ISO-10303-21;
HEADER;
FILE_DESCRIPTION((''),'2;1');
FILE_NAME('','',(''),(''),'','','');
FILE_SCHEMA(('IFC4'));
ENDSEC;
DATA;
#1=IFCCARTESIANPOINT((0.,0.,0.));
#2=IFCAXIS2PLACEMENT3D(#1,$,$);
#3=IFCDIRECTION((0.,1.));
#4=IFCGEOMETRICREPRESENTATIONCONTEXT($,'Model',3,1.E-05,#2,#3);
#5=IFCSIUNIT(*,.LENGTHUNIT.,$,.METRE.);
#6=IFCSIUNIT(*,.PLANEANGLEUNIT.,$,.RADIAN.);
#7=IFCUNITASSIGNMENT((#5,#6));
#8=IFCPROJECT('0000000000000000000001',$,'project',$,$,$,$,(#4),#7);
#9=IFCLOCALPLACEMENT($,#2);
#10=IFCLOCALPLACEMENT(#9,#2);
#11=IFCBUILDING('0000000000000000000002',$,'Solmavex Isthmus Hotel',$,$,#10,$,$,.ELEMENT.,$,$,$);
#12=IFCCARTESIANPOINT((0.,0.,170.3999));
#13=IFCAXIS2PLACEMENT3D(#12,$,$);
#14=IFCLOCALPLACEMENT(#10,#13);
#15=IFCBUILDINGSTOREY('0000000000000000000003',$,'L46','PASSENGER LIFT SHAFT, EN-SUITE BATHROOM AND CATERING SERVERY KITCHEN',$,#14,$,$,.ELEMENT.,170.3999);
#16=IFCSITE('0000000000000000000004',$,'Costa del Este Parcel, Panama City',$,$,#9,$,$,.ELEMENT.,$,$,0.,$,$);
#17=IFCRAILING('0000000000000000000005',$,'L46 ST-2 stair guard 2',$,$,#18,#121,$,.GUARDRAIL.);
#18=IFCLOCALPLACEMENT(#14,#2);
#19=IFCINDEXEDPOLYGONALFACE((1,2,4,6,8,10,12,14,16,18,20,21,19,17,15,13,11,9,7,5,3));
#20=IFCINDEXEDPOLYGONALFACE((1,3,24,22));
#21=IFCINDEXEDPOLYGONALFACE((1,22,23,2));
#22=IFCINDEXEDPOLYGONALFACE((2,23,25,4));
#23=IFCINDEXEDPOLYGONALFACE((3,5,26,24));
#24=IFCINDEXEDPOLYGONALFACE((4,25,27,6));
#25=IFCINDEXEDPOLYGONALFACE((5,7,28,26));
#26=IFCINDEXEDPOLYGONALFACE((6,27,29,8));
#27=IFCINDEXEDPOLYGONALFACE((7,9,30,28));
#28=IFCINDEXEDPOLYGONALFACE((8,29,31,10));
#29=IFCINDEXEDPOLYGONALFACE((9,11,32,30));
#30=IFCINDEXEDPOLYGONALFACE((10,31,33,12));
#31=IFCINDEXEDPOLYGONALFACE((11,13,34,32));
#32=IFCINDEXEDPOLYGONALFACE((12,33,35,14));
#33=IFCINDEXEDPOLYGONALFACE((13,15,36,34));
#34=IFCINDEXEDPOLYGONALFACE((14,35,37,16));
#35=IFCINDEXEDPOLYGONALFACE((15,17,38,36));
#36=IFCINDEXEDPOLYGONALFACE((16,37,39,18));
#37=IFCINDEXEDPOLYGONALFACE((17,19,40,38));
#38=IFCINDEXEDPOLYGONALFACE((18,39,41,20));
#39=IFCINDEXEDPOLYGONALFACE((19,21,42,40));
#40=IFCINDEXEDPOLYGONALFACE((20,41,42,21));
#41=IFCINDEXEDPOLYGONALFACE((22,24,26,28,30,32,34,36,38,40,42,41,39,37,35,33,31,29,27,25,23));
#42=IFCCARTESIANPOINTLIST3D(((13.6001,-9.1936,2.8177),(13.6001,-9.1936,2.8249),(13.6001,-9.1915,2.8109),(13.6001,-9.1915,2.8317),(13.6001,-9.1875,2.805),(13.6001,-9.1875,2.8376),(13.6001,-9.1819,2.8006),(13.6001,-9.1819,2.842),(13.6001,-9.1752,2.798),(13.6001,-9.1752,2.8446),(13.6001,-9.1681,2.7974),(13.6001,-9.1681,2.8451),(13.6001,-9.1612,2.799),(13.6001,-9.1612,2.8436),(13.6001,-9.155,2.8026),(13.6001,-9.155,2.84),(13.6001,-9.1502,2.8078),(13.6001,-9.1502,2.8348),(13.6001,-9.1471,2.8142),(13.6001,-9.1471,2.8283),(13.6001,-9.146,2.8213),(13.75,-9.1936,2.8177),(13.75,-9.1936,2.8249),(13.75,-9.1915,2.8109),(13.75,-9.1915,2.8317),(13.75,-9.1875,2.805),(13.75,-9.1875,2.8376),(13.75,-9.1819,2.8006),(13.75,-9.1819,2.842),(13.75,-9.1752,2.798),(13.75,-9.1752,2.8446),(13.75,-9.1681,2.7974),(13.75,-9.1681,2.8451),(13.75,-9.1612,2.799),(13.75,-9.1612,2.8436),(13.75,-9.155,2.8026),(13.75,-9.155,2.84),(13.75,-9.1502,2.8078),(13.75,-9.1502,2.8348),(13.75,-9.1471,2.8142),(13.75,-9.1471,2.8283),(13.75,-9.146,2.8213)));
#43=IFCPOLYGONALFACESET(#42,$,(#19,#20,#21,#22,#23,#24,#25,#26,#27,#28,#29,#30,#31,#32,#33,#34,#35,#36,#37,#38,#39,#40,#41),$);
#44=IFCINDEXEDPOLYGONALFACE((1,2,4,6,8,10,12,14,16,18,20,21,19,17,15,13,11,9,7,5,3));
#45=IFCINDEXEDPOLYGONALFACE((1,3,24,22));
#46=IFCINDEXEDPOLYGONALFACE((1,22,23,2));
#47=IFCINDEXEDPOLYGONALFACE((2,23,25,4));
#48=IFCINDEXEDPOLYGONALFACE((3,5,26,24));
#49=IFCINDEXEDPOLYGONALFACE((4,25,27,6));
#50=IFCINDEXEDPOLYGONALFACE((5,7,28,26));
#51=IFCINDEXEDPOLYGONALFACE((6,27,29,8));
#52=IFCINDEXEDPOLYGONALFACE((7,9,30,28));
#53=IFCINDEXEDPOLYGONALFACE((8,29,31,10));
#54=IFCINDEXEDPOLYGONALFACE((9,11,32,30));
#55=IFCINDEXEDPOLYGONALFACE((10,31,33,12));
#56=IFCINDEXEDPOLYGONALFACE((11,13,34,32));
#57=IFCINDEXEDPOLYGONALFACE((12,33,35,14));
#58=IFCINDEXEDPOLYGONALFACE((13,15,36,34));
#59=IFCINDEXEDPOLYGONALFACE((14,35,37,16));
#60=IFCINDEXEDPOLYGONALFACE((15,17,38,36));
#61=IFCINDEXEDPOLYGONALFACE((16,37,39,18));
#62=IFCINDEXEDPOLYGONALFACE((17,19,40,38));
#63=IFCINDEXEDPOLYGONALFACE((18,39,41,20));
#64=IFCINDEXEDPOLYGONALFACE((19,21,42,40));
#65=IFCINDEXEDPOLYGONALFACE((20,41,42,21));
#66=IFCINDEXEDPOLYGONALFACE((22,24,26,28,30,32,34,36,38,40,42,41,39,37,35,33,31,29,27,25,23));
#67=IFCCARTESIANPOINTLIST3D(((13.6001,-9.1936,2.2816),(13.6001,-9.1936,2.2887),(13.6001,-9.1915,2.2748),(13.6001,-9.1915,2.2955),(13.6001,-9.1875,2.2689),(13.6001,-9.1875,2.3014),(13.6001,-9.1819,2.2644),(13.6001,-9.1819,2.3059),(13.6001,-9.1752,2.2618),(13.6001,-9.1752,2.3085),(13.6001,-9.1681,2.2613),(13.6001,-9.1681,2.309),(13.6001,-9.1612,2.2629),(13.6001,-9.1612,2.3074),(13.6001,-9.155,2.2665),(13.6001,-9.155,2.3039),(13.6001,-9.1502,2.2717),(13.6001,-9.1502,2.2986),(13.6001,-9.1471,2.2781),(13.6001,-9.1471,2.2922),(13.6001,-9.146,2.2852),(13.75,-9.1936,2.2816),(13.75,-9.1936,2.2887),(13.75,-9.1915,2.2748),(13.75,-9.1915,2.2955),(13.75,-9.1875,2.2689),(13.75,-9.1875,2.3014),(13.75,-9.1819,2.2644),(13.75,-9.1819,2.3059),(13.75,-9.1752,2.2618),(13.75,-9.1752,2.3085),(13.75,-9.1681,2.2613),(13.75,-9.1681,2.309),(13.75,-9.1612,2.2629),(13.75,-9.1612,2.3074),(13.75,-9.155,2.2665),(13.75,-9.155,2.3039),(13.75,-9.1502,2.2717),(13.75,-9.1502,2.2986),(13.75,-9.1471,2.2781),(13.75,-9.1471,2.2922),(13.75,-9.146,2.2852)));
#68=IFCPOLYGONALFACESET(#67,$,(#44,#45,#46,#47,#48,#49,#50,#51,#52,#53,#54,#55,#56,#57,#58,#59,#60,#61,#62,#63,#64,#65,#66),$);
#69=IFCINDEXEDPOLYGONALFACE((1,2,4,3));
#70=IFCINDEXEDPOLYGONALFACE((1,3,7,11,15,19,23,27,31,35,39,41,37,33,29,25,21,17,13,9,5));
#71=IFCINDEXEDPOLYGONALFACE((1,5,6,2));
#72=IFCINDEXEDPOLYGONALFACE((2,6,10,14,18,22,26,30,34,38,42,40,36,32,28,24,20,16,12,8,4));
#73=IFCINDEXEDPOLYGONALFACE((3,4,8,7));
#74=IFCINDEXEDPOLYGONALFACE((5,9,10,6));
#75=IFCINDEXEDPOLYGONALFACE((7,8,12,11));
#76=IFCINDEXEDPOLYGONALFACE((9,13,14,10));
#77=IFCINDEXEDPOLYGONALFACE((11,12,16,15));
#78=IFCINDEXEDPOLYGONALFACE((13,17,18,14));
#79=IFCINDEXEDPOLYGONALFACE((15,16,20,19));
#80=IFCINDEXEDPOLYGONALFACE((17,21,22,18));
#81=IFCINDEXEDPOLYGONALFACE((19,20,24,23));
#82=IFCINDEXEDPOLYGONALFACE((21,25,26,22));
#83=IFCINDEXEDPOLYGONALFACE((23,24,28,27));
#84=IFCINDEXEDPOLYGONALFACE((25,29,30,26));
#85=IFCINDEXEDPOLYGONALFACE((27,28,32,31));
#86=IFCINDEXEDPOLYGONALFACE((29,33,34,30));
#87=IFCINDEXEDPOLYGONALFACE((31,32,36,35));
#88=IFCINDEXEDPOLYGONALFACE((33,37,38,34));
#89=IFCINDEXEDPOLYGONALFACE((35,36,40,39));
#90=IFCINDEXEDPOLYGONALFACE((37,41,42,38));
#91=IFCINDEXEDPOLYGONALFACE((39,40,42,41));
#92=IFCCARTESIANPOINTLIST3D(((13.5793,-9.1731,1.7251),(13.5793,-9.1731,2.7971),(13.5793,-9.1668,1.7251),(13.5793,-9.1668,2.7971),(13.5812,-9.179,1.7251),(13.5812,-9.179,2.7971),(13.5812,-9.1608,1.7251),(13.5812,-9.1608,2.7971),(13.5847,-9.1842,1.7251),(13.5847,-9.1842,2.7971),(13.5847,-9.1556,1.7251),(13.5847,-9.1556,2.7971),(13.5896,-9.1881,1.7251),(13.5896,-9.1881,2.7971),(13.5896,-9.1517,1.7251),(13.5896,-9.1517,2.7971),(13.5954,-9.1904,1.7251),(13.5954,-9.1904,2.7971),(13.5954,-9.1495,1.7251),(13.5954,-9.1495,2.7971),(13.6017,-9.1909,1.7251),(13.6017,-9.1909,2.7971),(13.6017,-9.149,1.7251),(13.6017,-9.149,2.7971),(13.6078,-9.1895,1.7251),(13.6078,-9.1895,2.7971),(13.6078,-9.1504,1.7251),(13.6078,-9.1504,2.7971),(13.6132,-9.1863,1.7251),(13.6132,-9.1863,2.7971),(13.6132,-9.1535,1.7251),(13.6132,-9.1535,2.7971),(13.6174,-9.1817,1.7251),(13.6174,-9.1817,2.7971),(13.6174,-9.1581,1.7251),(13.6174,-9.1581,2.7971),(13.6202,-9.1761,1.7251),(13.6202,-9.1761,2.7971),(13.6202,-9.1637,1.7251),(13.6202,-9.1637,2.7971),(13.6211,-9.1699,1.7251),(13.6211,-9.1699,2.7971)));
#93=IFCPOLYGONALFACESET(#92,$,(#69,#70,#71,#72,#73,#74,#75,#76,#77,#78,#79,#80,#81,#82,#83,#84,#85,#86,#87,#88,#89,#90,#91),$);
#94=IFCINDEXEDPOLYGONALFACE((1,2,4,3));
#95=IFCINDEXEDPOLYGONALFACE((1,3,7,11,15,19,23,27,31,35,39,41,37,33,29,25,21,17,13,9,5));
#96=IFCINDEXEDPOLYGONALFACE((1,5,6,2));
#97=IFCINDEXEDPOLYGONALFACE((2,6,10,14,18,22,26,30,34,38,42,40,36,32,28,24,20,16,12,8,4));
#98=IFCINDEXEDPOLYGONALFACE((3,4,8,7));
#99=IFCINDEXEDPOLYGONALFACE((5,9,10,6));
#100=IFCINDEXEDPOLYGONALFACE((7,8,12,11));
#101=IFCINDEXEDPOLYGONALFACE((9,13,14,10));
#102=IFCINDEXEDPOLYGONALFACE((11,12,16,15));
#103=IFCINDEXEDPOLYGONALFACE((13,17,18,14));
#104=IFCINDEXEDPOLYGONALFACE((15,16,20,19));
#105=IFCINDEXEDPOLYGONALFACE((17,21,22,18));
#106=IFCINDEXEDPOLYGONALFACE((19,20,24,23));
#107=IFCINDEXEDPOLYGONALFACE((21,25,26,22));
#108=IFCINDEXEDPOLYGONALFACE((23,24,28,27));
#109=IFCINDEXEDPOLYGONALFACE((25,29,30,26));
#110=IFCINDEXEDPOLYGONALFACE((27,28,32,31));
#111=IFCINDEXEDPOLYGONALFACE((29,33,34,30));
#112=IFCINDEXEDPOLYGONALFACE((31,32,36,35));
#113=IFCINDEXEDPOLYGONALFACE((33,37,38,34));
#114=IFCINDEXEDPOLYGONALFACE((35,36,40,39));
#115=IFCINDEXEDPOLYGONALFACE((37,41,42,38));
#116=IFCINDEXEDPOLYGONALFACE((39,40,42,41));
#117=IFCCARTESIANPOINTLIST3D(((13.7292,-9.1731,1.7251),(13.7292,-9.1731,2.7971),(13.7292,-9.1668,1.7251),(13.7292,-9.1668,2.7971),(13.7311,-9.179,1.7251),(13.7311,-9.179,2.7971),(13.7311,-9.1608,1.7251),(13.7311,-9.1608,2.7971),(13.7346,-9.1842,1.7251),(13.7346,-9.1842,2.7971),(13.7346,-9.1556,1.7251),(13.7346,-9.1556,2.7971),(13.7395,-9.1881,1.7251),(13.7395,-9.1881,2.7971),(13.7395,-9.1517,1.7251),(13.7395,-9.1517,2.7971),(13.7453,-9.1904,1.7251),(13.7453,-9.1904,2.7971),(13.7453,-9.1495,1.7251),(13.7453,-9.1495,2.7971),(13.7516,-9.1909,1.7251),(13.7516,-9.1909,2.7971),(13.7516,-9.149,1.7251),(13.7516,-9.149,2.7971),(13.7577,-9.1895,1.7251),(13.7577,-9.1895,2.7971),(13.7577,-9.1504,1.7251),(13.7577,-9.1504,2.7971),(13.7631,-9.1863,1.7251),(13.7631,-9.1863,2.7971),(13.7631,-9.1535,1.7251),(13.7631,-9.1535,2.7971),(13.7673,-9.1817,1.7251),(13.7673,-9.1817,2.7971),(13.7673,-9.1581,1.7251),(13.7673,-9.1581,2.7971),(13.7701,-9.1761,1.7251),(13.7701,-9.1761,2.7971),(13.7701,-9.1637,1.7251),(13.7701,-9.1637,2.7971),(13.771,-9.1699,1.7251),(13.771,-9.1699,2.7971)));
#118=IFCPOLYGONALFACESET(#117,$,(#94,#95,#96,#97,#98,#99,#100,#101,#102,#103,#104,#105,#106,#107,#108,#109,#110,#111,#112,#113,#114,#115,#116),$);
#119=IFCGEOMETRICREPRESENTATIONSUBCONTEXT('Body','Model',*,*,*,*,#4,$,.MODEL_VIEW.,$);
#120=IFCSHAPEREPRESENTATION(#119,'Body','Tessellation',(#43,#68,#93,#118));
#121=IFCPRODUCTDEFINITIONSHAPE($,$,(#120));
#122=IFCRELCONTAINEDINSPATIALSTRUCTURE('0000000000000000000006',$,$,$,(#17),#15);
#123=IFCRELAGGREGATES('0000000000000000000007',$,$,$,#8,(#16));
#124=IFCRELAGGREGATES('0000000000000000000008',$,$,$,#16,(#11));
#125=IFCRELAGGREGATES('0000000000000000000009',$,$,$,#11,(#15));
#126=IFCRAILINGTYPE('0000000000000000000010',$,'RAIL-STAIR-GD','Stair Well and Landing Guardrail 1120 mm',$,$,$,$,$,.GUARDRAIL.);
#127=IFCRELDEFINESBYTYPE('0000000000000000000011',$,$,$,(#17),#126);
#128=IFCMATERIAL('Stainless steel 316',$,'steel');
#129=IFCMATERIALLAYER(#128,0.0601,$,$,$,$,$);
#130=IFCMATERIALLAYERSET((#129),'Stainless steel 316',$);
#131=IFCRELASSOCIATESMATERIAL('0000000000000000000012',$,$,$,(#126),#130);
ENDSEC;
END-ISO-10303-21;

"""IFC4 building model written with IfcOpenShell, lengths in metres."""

from ifc_helpers import new_model, si_unit, direction, frame, origin, origin_2d, place, context, subcontext, project, spatial, circle, extrude, material, layer, layer_set, type_object, element, save


model = new_model("IFC4")

# Units and contexts
model_context = context("Model", 3, precision=1e-05, world=origin(), true_north=direction((0.0, 1.0)))
body_context = subcontext(model_context, "Body", "Model", "MODEL_VIEW")
ifc_project = project(units=[si_unit("LENGTHUNIT", "METRE"), si_unit("PLANEANGLEUNIT", "RADIAN")], contexts=[model_context])

# Site, building, storey
site_placement = place(None, origin())
site = spatial("IfcSite", under=ifc_project, at=site_placement, Name="Costa del Este Parcel, Panama City", CompositionType="ELEMENT", RefElevation=0.0)
building_placement = place(site_placement, origin())
building = spatial("IfcBuilding", under=site, at=building_placement, Name="Solmavex Isthmus Hotel", CompositionType="ELEMENT")
storey_placement = place(building_placement, frame((0.0, 0.0, 170.3999)))
storey = spatial("IfcBuildingStorey", under=building, at=storey_placement, Name="L46", Description="PASSENGER LIFT SHAFT, EN-SUITE BATHROOM AND CATERING SERVERY KITCHEN", CompositionType="ELEMENT", Elevation=170.3999)

# Shared definitions
ifc_material_1 = material(Name="Stainless steel 316", Category="steel")

# Railing
ifc_layer_1 = layer(ifc_material_1, 0.0601)
ifc_layer_set_1 = layer_set([ifc_layer_1], Name="Stainless steel 316")
railing_type_1 = type_object("IfcRailingType", Name="RAIL-STAIR-GD", Description="Stair Well and Landing Guardrail 1120 mm", PredefinedType="GUARDRAIL", material=ifc_layer_set_1)
railing_1_placement = place(storey_placement, frame((13.6001, -9.1699, 1.7251)))
element("IfcRailing", 1, at=railing_1_placement, inside=storey, type_object=railing_type_1, Name="L46 ST-2 stair guard 2", PredefinedType="GUARDRAIL", context=body_context, shape_type="SweptSolid", body=[
    extrude(circle(Radius=0.0239, at=origin_2d()), frame((0.0, 0.0, 1.0962), z_axis=(1.0, 0.0, 0.0), x_axis=(0.0, 1.0, 0.0)), (0.0, 0.0, 1.0), 0.1499),
    extrude(circle(Radius=0.0239, at=origin_2d()), frame((0.0, 0.0, 0.5601), z_axis=(1.0, 0.0, 0.0), x_axis=(0.0, 1.0, 0.0)), (0.0, 0.0, 1.0), 0.1499),
    extrude(circle(Radius=0.021, at=origin_2d()), origin(), (0.0, 0.0, 1.0), 1.072),
    extrude(circle(Radius=0.021, at=origin_2d()), frame((0.1499, 0.0, 0.0)), (0.0, 0.0, 1.0), 1.072),
])

save(model, "model.ifc")
